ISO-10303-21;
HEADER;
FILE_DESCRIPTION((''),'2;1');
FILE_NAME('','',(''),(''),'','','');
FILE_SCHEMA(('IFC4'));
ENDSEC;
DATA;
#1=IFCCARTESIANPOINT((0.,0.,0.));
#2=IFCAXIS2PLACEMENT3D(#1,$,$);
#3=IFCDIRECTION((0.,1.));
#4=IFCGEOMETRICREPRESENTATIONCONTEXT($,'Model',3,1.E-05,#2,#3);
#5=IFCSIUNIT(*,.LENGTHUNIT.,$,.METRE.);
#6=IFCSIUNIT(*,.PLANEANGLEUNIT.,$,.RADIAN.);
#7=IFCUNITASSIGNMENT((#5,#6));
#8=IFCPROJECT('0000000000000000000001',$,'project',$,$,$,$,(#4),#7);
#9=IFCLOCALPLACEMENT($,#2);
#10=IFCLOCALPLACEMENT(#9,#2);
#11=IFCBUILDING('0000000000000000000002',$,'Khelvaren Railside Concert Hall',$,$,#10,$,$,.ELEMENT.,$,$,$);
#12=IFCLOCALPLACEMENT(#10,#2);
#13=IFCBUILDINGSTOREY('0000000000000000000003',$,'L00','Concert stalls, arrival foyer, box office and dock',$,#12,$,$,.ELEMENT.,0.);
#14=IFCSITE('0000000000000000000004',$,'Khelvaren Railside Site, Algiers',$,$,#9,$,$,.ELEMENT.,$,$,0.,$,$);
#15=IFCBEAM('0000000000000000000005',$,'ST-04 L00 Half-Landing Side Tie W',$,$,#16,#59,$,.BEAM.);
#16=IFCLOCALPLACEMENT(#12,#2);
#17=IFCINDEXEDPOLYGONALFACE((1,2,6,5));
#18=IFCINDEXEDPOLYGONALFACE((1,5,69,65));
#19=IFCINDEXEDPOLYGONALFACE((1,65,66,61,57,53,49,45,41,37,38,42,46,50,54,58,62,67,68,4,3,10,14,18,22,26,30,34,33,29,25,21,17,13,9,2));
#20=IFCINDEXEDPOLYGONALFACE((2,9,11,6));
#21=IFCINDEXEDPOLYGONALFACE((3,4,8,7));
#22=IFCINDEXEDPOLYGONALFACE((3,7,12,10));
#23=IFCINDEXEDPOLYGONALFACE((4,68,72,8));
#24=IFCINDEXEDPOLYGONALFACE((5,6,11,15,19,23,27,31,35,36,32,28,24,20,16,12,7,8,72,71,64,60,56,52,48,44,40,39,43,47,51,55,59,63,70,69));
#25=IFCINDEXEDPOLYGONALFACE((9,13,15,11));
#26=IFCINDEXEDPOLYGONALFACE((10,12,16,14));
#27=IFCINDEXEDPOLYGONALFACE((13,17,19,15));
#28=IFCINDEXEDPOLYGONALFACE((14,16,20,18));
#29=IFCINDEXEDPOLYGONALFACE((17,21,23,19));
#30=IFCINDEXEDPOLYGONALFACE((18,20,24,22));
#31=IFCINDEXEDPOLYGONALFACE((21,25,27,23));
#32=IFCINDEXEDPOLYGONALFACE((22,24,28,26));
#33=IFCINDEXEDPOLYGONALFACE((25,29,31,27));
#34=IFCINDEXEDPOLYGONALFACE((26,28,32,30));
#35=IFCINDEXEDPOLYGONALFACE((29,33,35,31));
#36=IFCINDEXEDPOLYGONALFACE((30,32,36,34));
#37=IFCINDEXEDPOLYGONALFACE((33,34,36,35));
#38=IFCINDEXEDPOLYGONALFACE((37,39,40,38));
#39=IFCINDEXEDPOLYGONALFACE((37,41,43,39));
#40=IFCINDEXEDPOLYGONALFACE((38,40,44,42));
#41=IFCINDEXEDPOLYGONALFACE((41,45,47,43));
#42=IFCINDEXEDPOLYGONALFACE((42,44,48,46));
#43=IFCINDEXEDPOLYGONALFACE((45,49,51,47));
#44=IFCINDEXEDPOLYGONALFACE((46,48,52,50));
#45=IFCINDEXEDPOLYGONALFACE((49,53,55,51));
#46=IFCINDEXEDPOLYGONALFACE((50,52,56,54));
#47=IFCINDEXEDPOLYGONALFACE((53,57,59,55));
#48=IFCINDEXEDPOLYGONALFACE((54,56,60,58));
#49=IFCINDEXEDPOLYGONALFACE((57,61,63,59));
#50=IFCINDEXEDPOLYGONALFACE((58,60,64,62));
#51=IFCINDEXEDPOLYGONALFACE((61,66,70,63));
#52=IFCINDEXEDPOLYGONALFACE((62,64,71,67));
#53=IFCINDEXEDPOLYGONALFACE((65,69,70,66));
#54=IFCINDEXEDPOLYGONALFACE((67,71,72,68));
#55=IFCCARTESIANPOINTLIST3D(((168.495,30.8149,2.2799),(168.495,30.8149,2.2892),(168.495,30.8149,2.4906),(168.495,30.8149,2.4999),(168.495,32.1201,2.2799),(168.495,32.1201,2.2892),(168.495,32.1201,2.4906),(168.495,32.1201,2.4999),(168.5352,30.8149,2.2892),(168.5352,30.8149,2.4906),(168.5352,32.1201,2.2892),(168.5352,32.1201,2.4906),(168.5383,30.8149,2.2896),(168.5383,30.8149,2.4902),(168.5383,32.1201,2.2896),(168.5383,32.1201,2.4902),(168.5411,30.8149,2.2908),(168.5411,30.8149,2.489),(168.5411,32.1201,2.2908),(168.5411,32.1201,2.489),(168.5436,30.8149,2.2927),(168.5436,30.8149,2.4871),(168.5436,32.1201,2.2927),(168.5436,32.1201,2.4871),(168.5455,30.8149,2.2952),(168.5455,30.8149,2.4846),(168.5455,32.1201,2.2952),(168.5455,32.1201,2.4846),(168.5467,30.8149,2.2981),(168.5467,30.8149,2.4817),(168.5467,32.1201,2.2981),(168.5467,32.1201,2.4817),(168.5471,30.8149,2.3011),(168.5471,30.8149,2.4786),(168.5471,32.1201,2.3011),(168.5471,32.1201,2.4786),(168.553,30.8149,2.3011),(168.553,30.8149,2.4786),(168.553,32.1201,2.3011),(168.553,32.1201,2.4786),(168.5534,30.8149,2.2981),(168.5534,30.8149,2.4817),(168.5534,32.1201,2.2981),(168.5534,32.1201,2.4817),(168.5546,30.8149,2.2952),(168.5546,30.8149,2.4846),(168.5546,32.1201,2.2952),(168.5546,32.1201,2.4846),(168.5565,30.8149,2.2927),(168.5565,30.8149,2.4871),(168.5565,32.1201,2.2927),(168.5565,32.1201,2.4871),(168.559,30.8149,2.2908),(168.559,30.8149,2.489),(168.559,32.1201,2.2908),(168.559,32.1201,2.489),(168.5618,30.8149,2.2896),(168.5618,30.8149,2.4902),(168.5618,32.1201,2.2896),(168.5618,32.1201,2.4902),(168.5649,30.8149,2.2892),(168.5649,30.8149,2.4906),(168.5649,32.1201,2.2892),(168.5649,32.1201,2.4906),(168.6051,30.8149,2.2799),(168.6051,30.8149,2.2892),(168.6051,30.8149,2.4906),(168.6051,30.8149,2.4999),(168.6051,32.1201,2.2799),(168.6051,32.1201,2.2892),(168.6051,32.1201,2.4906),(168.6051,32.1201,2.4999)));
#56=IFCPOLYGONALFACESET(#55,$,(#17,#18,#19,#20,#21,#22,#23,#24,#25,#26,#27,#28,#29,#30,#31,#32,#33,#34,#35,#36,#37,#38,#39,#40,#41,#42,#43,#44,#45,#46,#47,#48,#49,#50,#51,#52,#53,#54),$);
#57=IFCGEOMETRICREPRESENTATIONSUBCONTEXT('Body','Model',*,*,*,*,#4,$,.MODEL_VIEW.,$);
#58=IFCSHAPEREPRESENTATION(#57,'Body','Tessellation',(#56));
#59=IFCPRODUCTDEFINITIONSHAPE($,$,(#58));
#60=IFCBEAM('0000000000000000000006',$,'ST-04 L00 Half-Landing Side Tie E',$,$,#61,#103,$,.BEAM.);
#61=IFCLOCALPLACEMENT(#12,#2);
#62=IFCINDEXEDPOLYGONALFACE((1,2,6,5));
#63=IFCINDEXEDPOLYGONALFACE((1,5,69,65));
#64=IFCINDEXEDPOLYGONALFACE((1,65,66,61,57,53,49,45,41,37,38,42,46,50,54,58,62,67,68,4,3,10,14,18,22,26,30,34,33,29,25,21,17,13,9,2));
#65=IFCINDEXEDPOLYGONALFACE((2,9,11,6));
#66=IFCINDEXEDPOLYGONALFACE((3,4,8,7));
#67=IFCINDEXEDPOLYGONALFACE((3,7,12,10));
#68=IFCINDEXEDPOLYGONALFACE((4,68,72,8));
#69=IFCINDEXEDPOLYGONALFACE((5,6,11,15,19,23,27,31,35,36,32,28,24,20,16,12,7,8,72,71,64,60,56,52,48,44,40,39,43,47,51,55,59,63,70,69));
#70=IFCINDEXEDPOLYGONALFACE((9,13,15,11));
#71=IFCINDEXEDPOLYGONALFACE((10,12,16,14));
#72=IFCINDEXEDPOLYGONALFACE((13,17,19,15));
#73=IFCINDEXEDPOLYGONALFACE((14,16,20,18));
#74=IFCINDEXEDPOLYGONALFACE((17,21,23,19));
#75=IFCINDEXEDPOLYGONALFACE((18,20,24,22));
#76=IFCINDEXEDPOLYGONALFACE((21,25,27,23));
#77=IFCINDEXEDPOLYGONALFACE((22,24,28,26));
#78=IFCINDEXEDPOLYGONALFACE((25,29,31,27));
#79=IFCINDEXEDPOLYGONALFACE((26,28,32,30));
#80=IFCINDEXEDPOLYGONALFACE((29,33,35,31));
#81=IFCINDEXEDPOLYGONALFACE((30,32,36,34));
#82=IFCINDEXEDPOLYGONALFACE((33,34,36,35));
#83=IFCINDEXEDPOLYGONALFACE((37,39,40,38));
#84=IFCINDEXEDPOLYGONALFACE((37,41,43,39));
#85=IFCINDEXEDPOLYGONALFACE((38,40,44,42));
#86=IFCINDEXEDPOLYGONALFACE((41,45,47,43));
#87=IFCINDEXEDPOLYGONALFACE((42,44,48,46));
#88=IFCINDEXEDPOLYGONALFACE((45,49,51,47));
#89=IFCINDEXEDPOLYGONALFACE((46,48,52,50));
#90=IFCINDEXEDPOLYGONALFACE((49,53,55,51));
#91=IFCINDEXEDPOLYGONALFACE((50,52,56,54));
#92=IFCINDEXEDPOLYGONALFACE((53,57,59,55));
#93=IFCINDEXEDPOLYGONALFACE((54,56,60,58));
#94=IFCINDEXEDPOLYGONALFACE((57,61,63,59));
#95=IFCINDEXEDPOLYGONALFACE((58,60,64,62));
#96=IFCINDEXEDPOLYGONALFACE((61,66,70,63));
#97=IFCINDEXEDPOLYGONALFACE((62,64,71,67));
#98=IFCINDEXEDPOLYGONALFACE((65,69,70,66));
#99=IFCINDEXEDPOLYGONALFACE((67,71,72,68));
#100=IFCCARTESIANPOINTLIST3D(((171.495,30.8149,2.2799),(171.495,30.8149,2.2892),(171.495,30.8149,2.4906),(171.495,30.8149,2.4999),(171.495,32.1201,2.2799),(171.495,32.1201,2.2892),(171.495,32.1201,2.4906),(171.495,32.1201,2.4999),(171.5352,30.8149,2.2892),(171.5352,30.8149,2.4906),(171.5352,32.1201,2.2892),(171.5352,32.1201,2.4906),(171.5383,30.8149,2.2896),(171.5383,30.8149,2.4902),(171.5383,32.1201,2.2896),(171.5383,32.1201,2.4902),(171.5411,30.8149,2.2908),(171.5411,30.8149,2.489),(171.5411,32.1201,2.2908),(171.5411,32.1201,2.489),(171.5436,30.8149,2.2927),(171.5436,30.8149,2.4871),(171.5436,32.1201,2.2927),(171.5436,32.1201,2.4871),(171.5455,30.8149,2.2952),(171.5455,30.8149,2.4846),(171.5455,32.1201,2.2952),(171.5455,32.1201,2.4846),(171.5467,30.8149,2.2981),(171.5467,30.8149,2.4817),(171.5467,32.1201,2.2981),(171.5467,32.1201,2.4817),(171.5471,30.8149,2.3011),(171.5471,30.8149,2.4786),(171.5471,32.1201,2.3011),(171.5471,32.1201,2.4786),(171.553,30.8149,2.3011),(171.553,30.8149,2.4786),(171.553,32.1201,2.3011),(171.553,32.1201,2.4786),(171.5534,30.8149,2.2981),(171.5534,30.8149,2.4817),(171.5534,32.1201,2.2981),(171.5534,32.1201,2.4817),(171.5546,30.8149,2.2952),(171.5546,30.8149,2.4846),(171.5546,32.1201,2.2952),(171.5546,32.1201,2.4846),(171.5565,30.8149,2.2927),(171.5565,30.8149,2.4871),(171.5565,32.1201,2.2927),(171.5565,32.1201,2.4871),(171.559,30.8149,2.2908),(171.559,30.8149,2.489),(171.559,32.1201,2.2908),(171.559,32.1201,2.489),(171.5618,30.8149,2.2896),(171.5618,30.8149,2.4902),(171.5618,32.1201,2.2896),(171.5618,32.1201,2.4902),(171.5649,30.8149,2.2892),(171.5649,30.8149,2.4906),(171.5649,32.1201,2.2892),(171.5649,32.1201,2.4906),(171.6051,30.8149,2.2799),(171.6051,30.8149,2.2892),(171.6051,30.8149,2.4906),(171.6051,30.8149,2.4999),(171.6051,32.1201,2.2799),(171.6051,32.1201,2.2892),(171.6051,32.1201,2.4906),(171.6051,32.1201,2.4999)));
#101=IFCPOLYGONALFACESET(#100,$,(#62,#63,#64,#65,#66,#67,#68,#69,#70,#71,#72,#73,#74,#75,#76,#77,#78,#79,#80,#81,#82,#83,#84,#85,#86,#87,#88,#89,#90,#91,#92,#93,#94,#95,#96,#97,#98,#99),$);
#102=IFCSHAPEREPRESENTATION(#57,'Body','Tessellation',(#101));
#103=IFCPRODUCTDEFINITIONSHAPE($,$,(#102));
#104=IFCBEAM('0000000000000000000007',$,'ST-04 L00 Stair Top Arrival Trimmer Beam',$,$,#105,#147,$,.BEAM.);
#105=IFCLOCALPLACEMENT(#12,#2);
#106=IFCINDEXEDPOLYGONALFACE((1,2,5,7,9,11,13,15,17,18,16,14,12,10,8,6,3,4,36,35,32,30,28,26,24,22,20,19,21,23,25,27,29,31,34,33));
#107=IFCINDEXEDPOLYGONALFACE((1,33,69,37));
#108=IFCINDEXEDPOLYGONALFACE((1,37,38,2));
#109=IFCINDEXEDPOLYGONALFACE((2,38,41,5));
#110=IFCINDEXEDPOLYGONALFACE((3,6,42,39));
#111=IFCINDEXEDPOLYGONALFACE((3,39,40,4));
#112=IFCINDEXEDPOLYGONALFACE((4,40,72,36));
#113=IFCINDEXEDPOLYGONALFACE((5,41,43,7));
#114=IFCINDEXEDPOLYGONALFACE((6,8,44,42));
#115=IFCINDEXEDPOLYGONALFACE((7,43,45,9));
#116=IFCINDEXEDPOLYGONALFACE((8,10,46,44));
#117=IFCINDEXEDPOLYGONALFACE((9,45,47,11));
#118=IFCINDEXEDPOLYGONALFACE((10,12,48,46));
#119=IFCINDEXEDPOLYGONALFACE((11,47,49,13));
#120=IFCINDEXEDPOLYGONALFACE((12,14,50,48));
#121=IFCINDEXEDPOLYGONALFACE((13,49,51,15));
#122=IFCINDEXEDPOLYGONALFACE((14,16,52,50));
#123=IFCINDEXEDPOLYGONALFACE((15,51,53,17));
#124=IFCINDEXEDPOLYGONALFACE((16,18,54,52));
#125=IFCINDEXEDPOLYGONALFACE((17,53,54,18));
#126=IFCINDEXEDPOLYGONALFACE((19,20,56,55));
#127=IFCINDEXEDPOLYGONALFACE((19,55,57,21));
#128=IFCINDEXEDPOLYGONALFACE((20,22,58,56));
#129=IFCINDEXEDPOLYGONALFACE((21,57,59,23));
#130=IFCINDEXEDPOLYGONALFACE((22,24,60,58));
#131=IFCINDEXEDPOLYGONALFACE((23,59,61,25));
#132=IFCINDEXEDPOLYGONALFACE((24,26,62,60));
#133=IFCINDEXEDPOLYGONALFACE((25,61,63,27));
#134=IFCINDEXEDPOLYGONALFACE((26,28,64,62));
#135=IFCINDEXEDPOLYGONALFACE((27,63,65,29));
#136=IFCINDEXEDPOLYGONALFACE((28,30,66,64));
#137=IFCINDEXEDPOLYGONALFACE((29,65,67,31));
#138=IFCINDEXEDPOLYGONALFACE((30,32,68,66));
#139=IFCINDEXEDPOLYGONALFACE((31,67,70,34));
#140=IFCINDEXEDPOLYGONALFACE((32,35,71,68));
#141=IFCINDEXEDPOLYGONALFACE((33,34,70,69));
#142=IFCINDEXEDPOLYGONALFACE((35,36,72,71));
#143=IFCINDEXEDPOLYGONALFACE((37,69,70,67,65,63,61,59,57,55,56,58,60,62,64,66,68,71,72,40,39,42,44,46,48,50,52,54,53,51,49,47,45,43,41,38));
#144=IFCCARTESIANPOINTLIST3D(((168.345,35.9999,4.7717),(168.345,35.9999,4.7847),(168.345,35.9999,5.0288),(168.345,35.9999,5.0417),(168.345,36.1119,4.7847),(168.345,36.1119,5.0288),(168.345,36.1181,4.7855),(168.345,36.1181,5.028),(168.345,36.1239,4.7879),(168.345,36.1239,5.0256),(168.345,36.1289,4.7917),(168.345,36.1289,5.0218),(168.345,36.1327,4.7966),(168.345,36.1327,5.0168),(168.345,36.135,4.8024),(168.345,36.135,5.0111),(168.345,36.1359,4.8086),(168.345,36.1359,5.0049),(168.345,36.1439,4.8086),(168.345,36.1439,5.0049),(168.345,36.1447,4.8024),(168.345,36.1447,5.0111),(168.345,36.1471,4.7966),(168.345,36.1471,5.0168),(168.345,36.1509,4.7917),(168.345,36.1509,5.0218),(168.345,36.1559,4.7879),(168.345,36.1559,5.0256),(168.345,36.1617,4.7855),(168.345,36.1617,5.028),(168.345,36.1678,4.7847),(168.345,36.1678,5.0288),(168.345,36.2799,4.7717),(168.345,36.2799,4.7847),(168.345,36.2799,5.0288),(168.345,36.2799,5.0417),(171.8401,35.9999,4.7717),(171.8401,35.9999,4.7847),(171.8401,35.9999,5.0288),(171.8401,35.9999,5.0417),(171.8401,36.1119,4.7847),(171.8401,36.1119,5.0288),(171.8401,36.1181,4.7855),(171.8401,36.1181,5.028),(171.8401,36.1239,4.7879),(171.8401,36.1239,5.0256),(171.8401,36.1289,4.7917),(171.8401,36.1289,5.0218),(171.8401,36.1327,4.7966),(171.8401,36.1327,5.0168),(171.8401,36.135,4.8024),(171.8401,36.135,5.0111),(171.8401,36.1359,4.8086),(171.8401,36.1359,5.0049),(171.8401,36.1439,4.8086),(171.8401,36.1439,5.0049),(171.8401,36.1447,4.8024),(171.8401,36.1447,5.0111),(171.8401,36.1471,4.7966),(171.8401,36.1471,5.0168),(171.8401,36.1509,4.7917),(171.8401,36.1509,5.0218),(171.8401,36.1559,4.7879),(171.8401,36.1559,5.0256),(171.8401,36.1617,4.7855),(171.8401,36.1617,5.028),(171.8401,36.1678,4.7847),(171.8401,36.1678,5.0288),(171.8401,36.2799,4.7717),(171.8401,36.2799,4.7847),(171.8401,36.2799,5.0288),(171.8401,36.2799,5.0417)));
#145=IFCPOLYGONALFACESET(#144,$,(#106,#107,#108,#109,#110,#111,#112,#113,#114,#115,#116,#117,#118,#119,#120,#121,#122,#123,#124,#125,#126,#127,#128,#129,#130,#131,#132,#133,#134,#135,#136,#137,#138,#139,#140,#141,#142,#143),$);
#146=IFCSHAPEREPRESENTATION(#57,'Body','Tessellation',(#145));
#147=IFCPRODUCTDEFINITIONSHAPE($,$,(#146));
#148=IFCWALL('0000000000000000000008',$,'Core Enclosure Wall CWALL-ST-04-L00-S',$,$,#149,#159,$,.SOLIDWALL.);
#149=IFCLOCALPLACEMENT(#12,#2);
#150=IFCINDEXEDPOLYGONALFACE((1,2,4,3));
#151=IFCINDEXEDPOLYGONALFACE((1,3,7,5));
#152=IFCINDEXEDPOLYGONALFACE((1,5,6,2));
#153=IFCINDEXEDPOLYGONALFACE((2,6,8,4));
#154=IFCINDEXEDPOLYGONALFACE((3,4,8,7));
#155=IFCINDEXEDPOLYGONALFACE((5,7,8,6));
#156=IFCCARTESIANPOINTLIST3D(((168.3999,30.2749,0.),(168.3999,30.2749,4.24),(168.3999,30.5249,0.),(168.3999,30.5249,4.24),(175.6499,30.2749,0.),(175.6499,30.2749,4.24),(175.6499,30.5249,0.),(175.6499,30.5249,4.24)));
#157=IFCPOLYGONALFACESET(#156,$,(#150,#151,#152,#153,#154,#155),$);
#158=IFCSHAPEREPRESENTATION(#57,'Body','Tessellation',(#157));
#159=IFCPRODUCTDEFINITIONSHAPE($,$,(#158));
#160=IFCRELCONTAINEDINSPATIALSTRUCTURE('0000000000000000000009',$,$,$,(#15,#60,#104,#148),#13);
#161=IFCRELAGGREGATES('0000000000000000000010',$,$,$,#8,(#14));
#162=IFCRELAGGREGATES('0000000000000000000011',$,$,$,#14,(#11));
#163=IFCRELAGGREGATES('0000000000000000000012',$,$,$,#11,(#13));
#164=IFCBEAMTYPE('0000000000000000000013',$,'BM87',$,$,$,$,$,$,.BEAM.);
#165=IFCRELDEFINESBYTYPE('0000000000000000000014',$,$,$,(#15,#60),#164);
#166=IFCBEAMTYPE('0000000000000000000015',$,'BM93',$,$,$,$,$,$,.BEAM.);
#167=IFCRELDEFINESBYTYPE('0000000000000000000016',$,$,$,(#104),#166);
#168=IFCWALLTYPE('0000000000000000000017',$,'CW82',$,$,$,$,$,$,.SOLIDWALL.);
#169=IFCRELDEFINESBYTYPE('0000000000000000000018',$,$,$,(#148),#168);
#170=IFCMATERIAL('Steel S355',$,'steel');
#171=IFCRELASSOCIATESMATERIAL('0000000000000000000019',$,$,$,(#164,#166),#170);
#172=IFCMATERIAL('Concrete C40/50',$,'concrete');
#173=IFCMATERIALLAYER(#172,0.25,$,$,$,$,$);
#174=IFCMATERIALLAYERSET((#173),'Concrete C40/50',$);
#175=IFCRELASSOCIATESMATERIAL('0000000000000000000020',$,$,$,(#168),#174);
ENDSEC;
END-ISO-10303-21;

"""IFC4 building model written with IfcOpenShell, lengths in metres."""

from ifc_helpers import new_model, si_unit, direction, frame, frame_2d, origin, origin_2d, place, context, subcontext, project, spatial, rectangle, i_section, extrude, material, layer, layer_set, material_profile, profile_set, type_object, element, save


model = new_model("IFC4")

# Units and contexts
model_context = context("Model", 3, precision=1e-05, world=origin(), true_north=direction((0.0, 1.0)))
body_context = subcontext(model_context, "Body", "Model", "MODEL_VIEW")
ifc_project = project(units=[si_unit("LENGTHUNIT", "METRE"), si_unit("PLANEANGLEUNIT", "RADIAN")], contexts=[model_context])

# Site, building, storey
site_placement = place(None, origin())
site = spatial("IfcSite", under=ifc_project, at=site_placement, Name="Khelvaren Railside Site, Algiers", CompositionType="ELEMENT", RefElevation=0.0)
building_placement = place(site_placement, origin())
building = spatial("IfcBuilding", under=site, at=building_placement, Name="Khelvaren Railside Concert Hall", CompositionType="ELEMENT")
storey_placement = place(building_placement, origin())
storey = spatial("IfcBuildingStorey", under=building, at=storey_placement, Name="L00", Description="Concert stalls, arrival foyer, box office and dock", CompositionType="ELEMENT", Elevation=0.0)

# Beams
ifc_material_1 = material(Name="Steel S355", Category="steel")
ifc_material_profile_1 = material_profile(ifc_material_1, i_section(OverallWidth=0.1101, OverallDepth=0.22, WebThickness=0.0059, FlangeThickness=0.0093, FilletRadius=0.012, at=origin_2d()), Name="IPE 220")
ifc_profile_set_1 = profile_set([ifc_material_profile_1], Name="Steel S355")
beam_type_1 = type_object("IfcBeamType", Name="BM87", PredefinedType="BEAM", material=ifc_profile_set_1)
for number, where, z_axis, x_axis, name in (
    (1, (168.55, 30.8149, 2.3899), (0.0, 1.0, 0.0), (-1.0, 0.0, 0.0), "ST-04 L00 Half-Landing Side Tie W"),
    (2, (171.55, 30.8149, 2.3899), (0.0, 1.0, 0.0), (-1.0, 0.0, 0.0), "ST-04 L00 Half-Landing Side Tie E"),
):
    element("IfcBeam", number, at=place(storey_placement, frame(where, z_axis=z_axis, x_axis=x_axis)), inside=storey, type_object=beam_type_1, Name=name, PredefinedType="BEAM", context=body_context, shape_type="SweptSolid", body=[
        extrude(i_section(OverallWidth=0.1101, OverallDepth=0.22, WebThickness=0.0059, FlangeThickness=0.0093, FilletRadius=0.012, at=origin_2d()), origin(), (0.0, 0.0, 1.0), 1.3052),
    ])
ifc_material_profile_2 = material_profile(ifc_material_1, i_section(OverallWidth=0.28, OverallDepth=0.27, WebThickness=0.0081, FlangeThickness=0.0129, FilletRadius=0.0239, at=origin_2d()), Name="HEA 280")
ifc_profile_set_2 = profile_set([ifc_material_profile_2], Name="Steel S355")
beam_type_2 = type_object("IfcBeamType", Name="BM93", PredefinedType="BEAM", material=ifc_profile_set_2)
beam_placement = place(storey_placement, frame((168.345, 36.1399, 4.9067), z_axis=(1.0, 0.0, 0.0), x_axis=(0.0, 1.0, 0.0)))
element("IfcBeam", 3, at=beam_placement, inside=storey, type_object=beam_type_2, Name="ST-04 L00 Stair Top Arrival Trimmer Beam", PredefinedType="BEAM", context=body_context, shape_type="SweptSolid", body=[
    extrude(i_section(OverallWidth=0.28, OverallDepth=0.27, WebThickness=0.0081, FlangeThickness=0.0129, FilletRadius=0.0239, at=origin_2d()), origin(), (0.0, 0.0, 1.0), 3.4951),
])

# Wall
ifc_material_2 = material(Name="Concrete C40/50", Category="concrete")
ifc_layer = layer(ifc_material_2, 0.25)
ifc_layer_set = layer_set([ifc_layer], Name="Concrete C40/50")
wall_type = type_object("IfcWallType", Name="CW82", PredefinedType="SOLIDWALL", material=ifc_layer_set)
wall_placement = place(storey_placement, frame((168.3999, 30.3999, 0.0), z_axis=(0.0, 0.0, 1.0), x_axis=(1.0, 0.0, 0.0)))
element("IfcWall", 4, at=wall_placement, inside=storey, type_object=wall_type, Name="Core Enclosure Wall CWALL-ST-04-L00-S", PredefinedType="SOLIDWALL", context=body_context, shape_type="SweptSolid", body=[
    extrude(rectangle(XDim=7.25, YDim=0.25, at=frame_2d((3.625, 0.0))), origin(), (0.0, 0.0, 1.0), 4.24),
])

save(model, "model.ifc")
